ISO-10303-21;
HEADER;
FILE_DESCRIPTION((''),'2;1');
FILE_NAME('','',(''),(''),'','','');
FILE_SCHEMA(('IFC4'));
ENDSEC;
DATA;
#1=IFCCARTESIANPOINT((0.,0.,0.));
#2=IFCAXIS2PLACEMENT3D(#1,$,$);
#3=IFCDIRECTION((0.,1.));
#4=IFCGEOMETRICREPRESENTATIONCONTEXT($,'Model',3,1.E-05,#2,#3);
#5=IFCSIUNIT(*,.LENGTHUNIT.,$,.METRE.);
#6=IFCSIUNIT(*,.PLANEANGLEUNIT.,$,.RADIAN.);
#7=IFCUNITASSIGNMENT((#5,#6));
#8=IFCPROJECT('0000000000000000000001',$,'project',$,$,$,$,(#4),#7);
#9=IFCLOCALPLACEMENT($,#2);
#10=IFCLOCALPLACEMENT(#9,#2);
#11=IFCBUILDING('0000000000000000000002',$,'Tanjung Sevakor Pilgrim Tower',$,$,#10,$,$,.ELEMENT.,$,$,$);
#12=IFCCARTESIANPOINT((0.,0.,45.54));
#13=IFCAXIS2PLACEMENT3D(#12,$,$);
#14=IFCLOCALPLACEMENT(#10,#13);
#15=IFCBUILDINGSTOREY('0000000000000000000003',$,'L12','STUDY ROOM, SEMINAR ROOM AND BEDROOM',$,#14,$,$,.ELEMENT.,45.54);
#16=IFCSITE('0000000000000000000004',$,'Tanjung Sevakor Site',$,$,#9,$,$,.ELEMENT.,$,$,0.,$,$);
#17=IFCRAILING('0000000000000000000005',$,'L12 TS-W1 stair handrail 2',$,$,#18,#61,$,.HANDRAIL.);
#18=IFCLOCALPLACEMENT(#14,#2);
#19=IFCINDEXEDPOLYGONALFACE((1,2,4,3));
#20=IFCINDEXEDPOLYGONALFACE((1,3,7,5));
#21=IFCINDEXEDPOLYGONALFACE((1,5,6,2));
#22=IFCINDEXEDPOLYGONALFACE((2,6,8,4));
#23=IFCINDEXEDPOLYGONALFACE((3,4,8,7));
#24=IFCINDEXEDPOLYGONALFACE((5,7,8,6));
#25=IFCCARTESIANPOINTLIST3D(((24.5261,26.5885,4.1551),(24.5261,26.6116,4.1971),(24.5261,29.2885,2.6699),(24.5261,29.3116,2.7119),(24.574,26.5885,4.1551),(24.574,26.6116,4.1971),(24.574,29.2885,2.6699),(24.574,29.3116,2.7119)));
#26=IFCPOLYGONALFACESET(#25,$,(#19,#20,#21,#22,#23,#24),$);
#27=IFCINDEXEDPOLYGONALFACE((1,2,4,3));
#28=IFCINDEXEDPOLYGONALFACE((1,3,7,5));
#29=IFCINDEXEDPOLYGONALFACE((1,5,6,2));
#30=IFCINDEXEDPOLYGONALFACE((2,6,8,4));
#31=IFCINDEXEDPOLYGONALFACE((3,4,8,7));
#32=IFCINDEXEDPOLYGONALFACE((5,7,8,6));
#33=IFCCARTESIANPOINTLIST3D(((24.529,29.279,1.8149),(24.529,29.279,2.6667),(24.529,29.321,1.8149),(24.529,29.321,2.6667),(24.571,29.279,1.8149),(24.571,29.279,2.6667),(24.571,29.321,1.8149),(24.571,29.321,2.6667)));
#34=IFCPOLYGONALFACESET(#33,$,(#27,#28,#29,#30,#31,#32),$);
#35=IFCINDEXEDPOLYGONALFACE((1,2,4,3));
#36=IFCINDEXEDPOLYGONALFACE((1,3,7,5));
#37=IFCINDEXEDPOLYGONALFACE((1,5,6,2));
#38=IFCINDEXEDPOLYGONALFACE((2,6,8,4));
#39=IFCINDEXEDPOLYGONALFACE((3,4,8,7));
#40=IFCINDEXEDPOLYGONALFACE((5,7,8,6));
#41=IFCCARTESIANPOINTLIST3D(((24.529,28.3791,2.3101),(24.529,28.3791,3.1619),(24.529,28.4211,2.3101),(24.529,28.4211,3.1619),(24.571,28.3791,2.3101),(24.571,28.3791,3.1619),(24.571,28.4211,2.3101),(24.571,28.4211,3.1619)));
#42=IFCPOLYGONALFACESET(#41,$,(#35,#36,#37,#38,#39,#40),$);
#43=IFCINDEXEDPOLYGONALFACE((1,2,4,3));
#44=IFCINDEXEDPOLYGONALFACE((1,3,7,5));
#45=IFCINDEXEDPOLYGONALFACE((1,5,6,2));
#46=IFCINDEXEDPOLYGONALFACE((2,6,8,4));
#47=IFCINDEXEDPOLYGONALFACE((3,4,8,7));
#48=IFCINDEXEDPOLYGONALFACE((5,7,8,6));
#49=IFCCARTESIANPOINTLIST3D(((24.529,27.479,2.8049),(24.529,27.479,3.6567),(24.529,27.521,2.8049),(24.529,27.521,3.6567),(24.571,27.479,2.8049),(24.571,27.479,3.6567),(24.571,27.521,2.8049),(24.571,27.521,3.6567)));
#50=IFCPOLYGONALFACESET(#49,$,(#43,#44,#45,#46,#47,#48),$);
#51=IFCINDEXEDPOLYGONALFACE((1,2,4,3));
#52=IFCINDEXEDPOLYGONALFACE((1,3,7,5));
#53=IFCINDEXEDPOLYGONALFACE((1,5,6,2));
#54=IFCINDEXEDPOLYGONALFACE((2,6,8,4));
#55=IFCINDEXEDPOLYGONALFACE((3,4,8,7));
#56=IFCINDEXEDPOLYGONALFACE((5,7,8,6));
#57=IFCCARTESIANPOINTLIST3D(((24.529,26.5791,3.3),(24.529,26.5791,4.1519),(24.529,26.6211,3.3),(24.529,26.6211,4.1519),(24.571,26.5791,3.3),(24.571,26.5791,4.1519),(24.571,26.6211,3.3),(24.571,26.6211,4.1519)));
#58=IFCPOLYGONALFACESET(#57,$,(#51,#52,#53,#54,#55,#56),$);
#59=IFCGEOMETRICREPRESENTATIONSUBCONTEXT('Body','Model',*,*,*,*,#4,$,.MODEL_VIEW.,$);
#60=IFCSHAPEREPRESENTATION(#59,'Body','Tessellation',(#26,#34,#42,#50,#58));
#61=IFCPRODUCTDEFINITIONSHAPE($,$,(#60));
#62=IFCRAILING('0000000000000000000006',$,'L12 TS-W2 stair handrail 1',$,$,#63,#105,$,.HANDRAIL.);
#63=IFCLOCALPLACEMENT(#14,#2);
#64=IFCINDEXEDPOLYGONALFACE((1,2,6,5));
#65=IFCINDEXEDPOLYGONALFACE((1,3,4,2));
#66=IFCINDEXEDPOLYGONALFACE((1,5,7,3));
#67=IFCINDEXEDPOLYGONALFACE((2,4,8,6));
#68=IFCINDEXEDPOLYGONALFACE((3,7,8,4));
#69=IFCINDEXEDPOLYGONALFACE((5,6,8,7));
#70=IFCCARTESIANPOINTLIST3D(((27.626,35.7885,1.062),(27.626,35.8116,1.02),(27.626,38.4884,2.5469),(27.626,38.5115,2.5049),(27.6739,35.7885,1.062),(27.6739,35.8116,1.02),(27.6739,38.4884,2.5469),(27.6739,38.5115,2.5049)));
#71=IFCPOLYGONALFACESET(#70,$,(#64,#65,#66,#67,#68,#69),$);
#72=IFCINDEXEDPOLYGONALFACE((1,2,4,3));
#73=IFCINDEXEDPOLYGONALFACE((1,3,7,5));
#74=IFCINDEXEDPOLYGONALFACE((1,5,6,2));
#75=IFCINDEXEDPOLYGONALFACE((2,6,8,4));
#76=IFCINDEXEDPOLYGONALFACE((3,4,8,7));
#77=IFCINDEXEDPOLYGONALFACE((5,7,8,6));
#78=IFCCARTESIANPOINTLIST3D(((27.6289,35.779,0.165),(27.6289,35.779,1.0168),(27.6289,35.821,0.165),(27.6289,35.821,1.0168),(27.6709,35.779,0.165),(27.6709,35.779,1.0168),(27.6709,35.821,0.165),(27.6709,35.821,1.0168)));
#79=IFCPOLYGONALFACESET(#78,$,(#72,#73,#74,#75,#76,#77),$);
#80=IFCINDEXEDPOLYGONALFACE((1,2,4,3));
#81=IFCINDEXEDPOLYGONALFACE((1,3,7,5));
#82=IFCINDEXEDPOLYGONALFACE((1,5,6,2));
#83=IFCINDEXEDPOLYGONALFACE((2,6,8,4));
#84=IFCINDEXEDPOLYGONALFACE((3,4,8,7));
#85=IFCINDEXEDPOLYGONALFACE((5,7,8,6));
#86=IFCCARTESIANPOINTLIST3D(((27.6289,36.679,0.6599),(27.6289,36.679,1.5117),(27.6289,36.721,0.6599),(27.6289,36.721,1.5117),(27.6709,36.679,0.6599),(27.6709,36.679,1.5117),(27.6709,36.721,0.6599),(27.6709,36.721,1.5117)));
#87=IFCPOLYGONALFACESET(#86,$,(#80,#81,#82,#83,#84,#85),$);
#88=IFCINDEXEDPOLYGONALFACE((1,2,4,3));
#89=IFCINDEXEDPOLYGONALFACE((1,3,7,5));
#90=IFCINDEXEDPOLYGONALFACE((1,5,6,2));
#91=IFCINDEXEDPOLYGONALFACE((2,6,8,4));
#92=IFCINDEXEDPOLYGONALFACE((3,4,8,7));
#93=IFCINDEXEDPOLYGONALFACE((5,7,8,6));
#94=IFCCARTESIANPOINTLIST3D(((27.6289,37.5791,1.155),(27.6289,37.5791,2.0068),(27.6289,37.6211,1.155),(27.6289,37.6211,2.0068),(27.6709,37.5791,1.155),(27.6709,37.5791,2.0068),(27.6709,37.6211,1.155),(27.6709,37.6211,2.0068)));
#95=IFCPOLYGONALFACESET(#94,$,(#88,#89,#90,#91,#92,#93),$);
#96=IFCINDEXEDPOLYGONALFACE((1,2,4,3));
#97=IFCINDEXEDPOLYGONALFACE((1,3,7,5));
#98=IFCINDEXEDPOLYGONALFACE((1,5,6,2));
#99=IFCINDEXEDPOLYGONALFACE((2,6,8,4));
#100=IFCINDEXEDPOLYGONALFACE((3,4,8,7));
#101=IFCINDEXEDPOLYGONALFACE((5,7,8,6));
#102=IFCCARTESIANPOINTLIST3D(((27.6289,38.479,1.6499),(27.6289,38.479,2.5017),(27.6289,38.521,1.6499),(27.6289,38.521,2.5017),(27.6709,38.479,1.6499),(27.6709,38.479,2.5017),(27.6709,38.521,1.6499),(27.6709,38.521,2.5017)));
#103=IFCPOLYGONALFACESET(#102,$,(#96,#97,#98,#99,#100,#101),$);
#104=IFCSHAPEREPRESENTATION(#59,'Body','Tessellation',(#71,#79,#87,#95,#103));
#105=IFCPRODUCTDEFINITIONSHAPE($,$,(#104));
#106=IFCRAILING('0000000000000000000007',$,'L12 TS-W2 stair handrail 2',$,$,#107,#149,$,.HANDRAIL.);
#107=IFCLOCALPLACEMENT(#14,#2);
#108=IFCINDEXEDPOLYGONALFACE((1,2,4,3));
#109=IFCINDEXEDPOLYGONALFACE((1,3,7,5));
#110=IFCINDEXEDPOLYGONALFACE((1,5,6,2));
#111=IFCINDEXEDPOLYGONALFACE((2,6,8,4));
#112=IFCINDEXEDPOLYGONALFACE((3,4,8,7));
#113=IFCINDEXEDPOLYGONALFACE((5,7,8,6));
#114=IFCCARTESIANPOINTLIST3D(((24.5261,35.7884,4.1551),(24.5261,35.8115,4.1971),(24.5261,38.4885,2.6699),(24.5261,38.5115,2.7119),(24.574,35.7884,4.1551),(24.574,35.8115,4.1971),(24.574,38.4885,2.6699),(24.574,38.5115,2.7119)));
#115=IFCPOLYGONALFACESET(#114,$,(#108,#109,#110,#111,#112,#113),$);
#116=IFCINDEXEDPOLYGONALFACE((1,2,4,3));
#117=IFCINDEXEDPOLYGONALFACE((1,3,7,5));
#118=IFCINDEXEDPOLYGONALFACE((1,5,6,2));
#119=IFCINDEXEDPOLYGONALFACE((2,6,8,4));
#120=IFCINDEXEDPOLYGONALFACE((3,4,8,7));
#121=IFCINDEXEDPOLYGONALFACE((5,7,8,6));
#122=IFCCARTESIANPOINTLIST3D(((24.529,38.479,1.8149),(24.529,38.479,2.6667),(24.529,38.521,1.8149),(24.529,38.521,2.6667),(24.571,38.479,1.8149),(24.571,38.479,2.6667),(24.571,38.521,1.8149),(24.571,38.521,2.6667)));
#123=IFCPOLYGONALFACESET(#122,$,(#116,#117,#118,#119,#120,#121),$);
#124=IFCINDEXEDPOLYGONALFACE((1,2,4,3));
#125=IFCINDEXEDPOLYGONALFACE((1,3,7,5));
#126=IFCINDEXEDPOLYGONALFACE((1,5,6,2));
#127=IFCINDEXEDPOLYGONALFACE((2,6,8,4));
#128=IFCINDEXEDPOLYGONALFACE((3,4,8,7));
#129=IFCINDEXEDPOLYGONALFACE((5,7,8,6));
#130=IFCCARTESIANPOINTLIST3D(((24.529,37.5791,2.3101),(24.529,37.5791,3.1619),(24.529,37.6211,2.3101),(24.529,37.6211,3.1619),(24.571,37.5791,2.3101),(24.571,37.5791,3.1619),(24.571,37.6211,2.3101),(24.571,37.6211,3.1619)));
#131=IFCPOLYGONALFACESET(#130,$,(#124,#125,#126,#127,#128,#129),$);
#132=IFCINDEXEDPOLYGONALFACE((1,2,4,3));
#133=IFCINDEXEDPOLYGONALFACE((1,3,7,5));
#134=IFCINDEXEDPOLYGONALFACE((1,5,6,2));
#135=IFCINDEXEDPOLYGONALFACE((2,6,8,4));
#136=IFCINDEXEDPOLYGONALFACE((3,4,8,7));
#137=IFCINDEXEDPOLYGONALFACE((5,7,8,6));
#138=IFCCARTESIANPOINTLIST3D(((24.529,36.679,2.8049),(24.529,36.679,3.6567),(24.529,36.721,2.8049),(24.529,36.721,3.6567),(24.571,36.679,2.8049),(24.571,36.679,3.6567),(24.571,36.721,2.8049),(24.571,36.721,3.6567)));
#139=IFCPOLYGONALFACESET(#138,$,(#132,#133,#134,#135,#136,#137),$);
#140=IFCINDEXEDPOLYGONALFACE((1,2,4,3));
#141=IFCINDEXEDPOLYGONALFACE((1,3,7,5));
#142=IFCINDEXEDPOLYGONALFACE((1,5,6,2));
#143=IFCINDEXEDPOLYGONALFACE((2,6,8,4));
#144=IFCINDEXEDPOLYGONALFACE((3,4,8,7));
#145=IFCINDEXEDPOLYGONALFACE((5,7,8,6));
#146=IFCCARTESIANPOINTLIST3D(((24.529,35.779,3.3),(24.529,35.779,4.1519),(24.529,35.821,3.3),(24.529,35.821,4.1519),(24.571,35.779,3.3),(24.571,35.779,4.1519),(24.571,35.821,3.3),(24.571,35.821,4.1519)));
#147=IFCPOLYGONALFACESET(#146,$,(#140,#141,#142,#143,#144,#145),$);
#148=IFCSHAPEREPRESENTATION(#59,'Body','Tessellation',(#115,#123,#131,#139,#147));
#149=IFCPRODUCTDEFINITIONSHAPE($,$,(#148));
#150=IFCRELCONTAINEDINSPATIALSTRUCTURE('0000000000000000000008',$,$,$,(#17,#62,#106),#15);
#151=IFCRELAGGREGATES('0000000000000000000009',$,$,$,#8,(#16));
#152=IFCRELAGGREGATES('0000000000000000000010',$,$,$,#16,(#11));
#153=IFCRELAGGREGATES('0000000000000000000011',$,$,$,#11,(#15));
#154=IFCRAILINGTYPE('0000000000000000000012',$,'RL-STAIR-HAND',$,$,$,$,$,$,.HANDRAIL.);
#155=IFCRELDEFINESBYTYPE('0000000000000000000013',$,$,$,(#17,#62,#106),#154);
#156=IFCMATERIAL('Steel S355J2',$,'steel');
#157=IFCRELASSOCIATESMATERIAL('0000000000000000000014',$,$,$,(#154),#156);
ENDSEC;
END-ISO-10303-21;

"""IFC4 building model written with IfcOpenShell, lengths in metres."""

from ifc_helpers import new_model, si_unit, direction, frame, origin, place, context, subcontext, project, spatial, rectangle, extrude, material, type_object, element, save


model = new_model("IFC4")

# Units and contexts
model_context = context("Model", 3, precision=1e-05, world=origin(), true_north=direction((0.0, 1.0)))
body_context = subcontext(model_context, "Body", "Model", "MODEL_VIEW")
ifc_project = project(units=[si_unit("LENGTHUNIT", "METRE"), si_unit("PLANEANGLEUNIT", "RADIAN")], contexts=[model_context])

# Site, building, storey
site_placement = place(None, origin())
site = spatial("IfcSite", under=ifc_project, at=site_placement, Name="Tanjung Sevakor Site", CompositionType="ELEMENT", RefElevation=0.0)
building_placement = place(site_placement, origin())
building = spatial("IfcBuilding", under=site, at=building_placement, Name="Tanjung Sevakor Pilgrim Tower", CompositionType="ELEMENT")
storey_placement = place(building_placement, frame((0.0, 0.0, 45.54)))
storey = spatial("IfcBuildingStorey", under=building, at=storey_placement, Name="L12", Description="STUDY ROOM, SEMINAR ROOM AND BEDROOM", CompositionType="ELEMENT", Elevation=45.54)

# Railings
ifc_material_1 = material(Name="Steel S355J2", Category="steel")
railing_type_1 = type_object("IfcRailingType", Name="RL-STAIR-HAND", PredefinedType="HANDRAIL", material=ifc_material_1)
railing_1_placement = place(storey_placement, frame((24.55, 29.3, 1.8149)))
element("IfcRailing", 1, at=railing_1_placement, inside=storey, type_object=railing_type_1, Name="L12 TS-W1 stair handrail 2", PredefinedType="HANDRAIL", context=body_context, shape_type="SweptSolid", body=[
    extrude(rectangle(XDim=0.0479, YDim=0.0479), frame((0.0, 0.0, 0.876), z_axis=(0.0, -0.876198, 0.481952), x_axis=(1.0, 0.0, 0.0)), (0.0, 0.0, 1.0), 3.0815),
    extrude(rectangle(XDim=0.042, YDim=0.042), origin(), (0.0, 0.0, 1.0), 0.8518),
    extrude(rectangle(XDim=0.042, YDim=0.042), frame((0.0, -0.8999, 0.4951)), (0.0, 0.0, 1.0), 0.8518),
    extrude(rectangle(XDim=0.042, YDim=0.042), frame((0.0, -1.8, 0.99)), (0.0, 0.0, 1.0), 0.8518),
    extrude(rectangle(XDim=0.042, YDim=0.042), frame((0.0, -2.7, 1.4851)), (0.0, 0.0, 1.0), 0.8518),
])
railing_2_placement = place(storey_placement, frame((27.6499, 35.8, 0.165)))
element("IfcRailing", 2, at=railing_2_placement, inside=storey, type_object=railing_type_1, Name="L12 TS-W2 stair handrail 1", PredefinedType="HANDRAIL", context=body_context, shape_type="SweptSolid", body=[
    extrude(rectangle(XDim=0.0479, YDim=0.0479), frame((0.0, 0.0, 0.876), z_axis=(0.0, 0.876231, 0.481891), x_axis=(-1.0, 0.0, 0.0)), (0.0, 0.0, 1.0), 3.0813),
    extrude(rectangle(XDim=0.042, YDim=0.042), origin(), (0.0, 0.0, 1.0), 0.8518),
    extrude(rectangle(XDim=0.042, YDim=0.042), frame((0.0, 0.8999, 0.4949)), (0.0, 0.0, 1.0), 0.8518),
    extrude(rectangle(XDim=0.042, YDim=0.042), frame((0.0, 1.8, 0.99)), (0.0, 0.0, 1.0), 0.8518),
    extrude(rectangle(XDim=0.042, YDim=0.042), frame((0.0, 2.7, 1.4849)), (0.0, 0.0, 1.0), 0.8518),
])
railing_3_placement = place(storey_placement, frame((24.55, 38.5, 1.8149)))
element("IfcRailing", 3, at=railing_3_placement, inside=storey, type_object=railing_type_1, Name="L12 TS-W2 stair handrail 2", PredefinedType="HANDRAIL", context=body_context, shape_type="SweptSolid", body=[
    extrude(rectangle(XDim=0.0479, YDim=0.0479), frame((0.0, 0.0, 0.876), z_axis=(0.0, -0.876198, 0.481952), x_axis=(1.0, 0.0, 0.0)), (0.0, 0.0, 1.0), 3.0815),
    extrude(rectangle(XDim=0.042, YDim=0.042), origin(), (0.0, 0.0, 1.0), 0.8518),
    extrude(rectangle(XDim=0.042, YDim=0.042), frame((0.0, -0.8999, 0.4951)), (0.0, 0.0, 1.0), 0.8518),
    extrude(rectangle(XDim=0.042, YDim=0.042), frame((0.0, -1.8, 0.99)), (0.0, 0.0, 1.0), 0.8518),
    extrude(rectangle(XDim=0.042, YDim=0.042), frame((0.0, -2.7, 1.4851)), (0.0, 0.0, 1.0), 0.8518),
])

save(model, "model.ifc")
